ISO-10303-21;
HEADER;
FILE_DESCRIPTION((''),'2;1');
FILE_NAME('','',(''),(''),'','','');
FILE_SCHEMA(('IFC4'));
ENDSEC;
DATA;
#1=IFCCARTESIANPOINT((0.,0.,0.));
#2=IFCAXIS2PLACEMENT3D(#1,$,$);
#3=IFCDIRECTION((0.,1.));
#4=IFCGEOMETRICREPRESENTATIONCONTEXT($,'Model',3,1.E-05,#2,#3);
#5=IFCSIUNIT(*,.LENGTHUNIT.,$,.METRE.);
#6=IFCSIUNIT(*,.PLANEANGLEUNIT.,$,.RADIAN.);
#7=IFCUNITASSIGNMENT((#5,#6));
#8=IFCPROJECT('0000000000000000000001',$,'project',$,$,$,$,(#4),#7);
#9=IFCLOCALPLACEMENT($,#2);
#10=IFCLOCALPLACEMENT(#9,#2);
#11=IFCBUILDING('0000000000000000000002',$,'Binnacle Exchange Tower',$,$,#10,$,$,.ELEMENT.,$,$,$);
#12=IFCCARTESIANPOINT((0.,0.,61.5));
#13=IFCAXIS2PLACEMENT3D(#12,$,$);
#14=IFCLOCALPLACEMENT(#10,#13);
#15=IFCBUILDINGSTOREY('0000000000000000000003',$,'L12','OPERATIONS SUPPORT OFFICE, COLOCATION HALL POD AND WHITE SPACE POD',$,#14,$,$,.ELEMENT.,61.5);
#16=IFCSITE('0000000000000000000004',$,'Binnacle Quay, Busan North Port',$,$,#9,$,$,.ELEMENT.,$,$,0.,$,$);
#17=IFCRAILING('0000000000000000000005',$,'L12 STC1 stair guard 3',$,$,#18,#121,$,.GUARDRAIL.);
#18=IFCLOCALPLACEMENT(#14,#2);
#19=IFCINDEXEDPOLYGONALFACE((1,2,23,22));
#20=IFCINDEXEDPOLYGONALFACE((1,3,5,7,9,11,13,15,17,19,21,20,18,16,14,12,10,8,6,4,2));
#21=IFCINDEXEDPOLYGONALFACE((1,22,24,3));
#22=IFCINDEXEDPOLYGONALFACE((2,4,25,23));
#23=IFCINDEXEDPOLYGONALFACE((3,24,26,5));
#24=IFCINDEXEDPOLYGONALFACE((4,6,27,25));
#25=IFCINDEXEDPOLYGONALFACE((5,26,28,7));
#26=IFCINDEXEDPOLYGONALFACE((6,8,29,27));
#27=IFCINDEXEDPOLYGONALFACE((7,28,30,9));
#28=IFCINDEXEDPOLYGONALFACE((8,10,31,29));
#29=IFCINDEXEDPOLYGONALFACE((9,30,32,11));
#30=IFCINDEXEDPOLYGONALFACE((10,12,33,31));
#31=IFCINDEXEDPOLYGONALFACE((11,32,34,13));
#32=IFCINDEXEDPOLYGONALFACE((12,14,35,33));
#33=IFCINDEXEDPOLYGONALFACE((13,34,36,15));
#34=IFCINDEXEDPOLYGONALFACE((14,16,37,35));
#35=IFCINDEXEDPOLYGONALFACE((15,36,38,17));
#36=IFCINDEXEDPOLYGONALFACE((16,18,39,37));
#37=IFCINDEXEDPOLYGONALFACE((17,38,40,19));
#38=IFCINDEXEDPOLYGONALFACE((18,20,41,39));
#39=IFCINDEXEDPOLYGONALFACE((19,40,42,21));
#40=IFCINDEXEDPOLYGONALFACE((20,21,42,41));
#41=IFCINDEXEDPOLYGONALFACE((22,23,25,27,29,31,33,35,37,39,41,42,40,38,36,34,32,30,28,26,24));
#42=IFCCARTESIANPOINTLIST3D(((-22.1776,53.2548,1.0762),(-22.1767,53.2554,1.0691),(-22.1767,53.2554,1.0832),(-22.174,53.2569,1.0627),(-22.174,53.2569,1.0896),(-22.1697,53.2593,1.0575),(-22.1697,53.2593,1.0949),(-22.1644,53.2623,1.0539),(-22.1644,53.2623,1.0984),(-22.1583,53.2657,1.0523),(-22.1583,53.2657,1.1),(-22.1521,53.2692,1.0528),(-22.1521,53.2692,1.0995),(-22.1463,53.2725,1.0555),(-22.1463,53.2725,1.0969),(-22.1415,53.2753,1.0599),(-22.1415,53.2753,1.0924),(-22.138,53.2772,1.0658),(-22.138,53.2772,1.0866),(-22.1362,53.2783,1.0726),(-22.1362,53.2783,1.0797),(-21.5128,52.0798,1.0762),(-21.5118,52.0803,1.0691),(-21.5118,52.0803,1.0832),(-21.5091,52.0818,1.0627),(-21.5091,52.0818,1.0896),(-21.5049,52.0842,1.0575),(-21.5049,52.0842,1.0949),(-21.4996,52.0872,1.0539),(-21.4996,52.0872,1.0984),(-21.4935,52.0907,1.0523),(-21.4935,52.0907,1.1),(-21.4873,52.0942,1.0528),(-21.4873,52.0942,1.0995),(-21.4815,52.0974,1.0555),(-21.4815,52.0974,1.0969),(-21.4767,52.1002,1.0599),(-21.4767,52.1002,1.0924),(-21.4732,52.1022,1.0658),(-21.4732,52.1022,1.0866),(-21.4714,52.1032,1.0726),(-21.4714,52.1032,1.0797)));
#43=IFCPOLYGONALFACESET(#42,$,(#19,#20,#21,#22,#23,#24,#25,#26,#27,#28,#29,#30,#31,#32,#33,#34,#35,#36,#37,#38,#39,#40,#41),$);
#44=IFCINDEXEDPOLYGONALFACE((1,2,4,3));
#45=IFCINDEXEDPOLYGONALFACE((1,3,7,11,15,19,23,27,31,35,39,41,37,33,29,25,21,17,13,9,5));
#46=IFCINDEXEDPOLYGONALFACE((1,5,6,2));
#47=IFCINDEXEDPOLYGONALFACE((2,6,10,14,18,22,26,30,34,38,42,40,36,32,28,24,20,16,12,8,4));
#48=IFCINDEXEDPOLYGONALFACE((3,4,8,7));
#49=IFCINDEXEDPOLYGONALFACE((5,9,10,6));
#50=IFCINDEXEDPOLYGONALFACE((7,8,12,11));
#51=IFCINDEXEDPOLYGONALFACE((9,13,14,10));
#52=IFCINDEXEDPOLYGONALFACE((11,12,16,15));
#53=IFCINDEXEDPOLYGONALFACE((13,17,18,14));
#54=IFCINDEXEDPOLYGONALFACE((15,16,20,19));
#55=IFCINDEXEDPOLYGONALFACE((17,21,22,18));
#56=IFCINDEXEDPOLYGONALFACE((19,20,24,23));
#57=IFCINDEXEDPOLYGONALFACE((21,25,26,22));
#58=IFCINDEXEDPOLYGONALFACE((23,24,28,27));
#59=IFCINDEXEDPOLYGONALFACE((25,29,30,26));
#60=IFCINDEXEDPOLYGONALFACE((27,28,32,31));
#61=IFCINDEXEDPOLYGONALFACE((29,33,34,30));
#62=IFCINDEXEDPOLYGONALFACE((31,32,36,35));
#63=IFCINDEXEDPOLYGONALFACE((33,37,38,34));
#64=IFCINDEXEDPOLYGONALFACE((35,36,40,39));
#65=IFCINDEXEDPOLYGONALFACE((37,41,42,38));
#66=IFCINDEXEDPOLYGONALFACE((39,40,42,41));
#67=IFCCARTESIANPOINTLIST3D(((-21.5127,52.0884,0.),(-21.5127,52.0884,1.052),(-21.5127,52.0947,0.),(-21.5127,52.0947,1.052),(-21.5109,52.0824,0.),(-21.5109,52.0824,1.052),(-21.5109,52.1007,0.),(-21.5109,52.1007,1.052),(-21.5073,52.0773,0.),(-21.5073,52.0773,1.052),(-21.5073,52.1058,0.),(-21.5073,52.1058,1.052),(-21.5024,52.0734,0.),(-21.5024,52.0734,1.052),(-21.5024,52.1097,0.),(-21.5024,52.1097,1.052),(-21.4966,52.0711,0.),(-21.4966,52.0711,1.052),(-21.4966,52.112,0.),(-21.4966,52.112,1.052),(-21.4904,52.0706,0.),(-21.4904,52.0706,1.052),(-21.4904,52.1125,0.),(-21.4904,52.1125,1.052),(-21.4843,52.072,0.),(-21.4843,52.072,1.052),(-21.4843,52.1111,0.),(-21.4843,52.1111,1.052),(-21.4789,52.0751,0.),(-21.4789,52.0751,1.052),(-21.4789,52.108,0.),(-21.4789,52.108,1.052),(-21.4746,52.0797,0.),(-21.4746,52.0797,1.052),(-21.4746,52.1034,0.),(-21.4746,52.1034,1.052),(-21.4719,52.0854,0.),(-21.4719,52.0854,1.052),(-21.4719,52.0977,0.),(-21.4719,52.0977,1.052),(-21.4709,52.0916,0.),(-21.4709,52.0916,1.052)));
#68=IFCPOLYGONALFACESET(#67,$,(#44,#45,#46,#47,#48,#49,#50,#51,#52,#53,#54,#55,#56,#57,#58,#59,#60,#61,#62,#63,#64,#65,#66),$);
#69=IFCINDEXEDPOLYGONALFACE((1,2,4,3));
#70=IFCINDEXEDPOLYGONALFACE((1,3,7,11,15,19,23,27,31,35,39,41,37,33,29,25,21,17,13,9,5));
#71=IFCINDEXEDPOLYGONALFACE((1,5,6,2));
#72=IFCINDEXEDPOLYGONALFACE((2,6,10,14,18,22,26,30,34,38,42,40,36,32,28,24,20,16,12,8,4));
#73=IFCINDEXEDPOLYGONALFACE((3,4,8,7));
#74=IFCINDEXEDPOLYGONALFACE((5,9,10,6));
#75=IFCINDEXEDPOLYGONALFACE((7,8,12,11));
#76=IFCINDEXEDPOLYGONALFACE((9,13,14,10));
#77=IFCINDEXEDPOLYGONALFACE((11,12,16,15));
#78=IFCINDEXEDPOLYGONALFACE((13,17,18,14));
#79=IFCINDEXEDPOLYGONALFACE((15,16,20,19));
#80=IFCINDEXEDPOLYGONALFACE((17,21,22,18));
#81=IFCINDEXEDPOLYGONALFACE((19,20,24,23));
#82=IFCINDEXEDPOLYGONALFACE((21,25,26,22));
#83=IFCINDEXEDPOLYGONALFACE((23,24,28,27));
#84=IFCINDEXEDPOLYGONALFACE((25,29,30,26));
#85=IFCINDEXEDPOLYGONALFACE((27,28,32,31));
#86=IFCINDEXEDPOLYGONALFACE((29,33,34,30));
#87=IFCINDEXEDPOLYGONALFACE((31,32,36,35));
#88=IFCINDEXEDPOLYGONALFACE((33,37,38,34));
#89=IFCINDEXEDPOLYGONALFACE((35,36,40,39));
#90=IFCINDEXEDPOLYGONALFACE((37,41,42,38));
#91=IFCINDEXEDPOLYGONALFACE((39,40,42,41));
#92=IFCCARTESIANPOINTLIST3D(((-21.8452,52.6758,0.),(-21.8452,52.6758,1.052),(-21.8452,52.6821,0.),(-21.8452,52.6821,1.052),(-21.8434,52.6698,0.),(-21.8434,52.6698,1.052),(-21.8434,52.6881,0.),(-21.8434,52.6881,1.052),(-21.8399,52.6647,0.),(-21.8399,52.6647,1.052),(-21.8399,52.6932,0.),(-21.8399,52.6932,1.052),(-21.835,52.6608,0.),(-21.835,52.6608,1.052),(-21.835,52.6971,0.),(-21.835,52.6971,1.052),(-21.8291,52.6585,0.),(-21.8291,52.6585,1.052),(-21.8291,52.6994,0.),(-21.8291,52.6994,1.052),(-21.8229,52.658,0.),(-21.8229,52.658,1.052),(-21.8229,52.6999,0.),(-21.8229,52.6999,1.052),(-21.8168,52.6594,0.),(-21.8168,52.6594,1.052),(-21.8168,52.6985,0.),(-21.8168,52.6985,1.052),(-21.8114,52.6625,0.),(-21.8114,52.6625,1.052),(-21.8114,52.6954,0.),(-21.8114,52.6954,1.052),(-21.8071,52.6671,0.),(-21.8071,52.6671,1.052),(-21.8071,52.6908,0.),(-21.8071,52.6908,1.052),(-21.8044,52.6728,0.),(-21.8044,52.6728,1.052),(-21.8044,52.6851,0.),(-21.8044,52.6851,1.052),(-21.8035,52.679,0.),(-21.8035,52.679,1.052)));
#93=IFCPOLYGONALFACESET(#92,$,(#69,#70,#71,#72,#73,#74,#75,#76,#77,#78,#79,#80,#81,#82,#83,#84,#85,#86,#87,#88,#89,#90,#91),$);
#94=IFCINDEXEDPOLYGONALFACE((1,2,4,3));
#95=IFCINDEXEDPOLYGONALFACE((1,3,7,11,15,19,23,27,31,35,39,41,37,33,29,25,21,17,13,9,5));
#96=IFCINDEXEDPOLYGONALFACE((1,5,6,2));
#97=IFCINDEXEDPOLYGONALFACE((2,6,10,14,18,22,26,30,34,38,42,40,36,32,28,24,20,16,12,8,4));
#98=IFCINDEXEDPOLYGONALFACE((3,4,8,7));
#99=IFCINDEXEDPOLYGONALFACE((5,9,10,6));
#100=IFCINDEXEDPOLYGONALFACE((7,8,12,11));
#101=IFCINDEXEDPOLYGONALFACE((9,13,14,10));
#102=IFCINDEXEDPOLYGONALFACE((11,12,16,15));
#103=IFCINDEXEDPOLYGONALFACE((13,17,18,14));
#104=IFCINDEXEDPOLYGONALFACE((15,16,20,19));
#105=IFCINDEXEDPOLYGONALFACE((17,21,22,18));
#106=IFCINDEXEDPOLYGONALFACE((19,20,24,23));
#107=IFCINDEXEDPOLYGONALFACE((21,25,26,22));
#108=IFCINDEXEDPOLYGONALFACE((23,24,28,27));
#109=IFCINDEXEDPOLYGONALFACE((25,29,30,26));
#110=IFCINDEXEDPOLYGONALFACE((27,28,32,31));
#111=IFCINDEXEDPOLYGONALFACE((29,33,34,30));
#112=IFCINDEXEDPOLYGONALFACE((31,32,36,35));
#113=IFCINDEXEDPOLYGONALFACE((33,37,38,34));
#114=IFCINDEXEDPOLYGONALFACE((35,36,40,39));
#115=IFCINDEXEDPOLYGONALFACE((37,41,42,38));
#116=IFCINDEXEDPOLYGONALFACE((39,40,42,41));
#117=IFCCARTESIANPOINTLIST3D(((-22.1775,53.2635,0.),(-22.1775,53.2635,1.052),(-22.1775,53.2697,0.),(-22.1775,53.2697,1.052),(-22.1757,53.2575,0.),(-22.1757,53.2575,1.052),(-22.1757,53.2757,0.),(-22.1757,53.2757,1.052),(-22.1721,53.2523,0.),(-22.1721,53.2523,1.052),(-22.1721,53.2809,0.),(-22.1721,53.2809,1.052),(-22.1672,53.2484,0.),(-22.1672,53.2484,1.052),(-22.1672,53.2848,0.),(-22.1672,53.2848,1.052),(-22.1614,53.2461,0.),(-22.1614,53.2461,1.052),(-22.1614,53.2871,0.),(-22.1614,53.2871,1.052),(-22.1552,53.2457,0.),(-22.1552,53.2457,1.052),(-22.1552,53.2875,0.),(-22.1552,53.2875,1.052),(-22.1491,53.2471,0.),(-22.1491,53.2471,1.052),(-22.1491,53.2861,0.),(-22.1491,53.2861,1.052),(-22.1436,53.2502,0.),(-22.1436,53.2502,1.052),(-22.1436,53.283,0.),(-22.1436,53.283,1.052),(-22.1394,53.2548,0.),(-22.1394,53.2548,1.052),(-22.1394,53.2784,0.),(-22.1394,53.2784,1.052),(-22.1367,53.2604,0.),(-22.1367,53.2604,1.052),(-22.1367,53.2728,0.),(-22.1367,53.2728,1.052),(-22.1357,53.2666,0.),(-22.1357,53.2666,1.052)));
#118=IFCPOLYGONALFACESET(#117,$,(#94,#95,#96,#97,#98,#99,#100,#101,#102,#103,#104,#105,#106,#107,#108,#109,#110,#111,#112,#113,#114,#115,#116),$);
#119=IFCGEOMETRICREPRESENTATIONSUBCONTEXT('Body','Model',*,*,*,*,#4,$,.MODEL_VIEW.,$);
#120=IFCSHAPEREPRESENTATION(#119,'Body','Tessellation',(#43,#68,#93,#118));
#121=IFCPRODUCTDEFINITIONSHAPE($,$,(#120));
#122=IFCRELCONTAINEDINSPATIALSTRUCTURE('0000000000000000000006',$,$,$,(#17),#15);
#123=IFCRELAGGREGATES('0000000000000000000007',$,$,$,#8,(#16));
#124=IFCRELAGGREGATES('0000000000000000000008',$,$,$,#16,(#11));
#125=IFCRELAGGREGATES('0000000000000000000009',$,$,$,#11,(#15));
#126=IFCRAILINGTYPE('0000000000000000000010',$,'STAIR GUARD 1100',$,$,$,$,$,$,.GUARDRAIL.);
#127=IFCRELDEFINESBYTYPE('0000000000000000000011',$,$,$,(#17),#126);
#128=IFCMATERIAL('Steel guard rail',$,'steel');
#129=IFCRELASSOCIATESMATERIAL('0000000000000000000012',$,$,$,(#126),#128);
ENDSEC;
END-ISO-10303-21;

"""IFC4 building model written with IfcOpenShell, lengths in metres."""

from ifc_helpers import new_model, si_unit, direction, frame, origin, origin_2d, place, context, subcontext, project, spatial, circle, extrude, material, type_object, element, save


model = new_model("IFC4")

# Units and contexts
model_context = context("Model", 3, precision=1e-05, world=origin(), true_north=direction((0.0, 1.0)))
body_context = subcontext(model_context, "Body", "Model", "MODEL_VIEW")
ifc_project = project(units=[si_unit("LENGTHUNIT", "METRE"), si_unit("PLANEANGLEUNIT", "RADIAN")], contexts=[model_context])

# Site, building, storey
site_placement = place(None, origin())
site = spatial("IfcSite", under=ifc_project, at=site_placement, Name="Binnacle Quay, Busan North Port", CompositionType="ELEMENT", RefElevation=0.0)
building_placement = place(site_placement, origin())
building = spatial("IfcBuilding", under=site, at=building_placement, Name="Binnacle Exchange Tower", CompositionType="ELEMENT")
storey_placement = place(building_placement, frame((0.0, 0.0, 61.5)))
storey = spatial("IfcBuildingStorey", under=building, at=storey_placement, Name="L12", Description="OPERATIONS SUPPORT OFFICE, COLOCATION HALL POD AND WHITE SPACE POD", CompositionType="ELEMENT", Elevation=61.5)

# Railing
ifc_material_1 = material(Name="Steel guard rail", Category="steel")
railing_type_1 = type_object("IfcRailingType", Name="STAIR GUARD 1100", PredefinedType="GUARDRAIL", material=ifc_material_1)
railing_1_placement = place(storey_placement, frame((-21.4919, 52.0916, 0.0)))
element("IfcRailing", 1, at=railing_1_placement, inside=storey, type_object=railing_type_1, Name="L12 STC1 stair guard 3", PredefinedType="GUARDRAIL", context=body_context, shape_type="SweptSolid", body=[
    extrude(circle(Radius=0.0239, at=origin_2d()), frame((0.0, 0.0, 1.0762), z_axis=(-0.492415, 0.870361, 0.0), x_axis=(-0.870361, -0.492415, 0.0)), (0.0, 0.0, 1.0), 1.3501),
    extrude(circle(Radius=0.021, at=origin_2d()), origin(), (0.0, 0.0, 1.0), 1.052),
    extrude(circle(Radius=0.021, at=origin_2d()), frame((-0.3325, 0.5874, 0.0)), (0.0, 0.0, 1.0), 1.052),
    extrude(circle(Radius=0.021, at=origin_2d()), frame((-0.6648, 1.175, 0.0)), (0.0, 0.0, 1.0), 1.052),
])

save(model, "model.ifc")
